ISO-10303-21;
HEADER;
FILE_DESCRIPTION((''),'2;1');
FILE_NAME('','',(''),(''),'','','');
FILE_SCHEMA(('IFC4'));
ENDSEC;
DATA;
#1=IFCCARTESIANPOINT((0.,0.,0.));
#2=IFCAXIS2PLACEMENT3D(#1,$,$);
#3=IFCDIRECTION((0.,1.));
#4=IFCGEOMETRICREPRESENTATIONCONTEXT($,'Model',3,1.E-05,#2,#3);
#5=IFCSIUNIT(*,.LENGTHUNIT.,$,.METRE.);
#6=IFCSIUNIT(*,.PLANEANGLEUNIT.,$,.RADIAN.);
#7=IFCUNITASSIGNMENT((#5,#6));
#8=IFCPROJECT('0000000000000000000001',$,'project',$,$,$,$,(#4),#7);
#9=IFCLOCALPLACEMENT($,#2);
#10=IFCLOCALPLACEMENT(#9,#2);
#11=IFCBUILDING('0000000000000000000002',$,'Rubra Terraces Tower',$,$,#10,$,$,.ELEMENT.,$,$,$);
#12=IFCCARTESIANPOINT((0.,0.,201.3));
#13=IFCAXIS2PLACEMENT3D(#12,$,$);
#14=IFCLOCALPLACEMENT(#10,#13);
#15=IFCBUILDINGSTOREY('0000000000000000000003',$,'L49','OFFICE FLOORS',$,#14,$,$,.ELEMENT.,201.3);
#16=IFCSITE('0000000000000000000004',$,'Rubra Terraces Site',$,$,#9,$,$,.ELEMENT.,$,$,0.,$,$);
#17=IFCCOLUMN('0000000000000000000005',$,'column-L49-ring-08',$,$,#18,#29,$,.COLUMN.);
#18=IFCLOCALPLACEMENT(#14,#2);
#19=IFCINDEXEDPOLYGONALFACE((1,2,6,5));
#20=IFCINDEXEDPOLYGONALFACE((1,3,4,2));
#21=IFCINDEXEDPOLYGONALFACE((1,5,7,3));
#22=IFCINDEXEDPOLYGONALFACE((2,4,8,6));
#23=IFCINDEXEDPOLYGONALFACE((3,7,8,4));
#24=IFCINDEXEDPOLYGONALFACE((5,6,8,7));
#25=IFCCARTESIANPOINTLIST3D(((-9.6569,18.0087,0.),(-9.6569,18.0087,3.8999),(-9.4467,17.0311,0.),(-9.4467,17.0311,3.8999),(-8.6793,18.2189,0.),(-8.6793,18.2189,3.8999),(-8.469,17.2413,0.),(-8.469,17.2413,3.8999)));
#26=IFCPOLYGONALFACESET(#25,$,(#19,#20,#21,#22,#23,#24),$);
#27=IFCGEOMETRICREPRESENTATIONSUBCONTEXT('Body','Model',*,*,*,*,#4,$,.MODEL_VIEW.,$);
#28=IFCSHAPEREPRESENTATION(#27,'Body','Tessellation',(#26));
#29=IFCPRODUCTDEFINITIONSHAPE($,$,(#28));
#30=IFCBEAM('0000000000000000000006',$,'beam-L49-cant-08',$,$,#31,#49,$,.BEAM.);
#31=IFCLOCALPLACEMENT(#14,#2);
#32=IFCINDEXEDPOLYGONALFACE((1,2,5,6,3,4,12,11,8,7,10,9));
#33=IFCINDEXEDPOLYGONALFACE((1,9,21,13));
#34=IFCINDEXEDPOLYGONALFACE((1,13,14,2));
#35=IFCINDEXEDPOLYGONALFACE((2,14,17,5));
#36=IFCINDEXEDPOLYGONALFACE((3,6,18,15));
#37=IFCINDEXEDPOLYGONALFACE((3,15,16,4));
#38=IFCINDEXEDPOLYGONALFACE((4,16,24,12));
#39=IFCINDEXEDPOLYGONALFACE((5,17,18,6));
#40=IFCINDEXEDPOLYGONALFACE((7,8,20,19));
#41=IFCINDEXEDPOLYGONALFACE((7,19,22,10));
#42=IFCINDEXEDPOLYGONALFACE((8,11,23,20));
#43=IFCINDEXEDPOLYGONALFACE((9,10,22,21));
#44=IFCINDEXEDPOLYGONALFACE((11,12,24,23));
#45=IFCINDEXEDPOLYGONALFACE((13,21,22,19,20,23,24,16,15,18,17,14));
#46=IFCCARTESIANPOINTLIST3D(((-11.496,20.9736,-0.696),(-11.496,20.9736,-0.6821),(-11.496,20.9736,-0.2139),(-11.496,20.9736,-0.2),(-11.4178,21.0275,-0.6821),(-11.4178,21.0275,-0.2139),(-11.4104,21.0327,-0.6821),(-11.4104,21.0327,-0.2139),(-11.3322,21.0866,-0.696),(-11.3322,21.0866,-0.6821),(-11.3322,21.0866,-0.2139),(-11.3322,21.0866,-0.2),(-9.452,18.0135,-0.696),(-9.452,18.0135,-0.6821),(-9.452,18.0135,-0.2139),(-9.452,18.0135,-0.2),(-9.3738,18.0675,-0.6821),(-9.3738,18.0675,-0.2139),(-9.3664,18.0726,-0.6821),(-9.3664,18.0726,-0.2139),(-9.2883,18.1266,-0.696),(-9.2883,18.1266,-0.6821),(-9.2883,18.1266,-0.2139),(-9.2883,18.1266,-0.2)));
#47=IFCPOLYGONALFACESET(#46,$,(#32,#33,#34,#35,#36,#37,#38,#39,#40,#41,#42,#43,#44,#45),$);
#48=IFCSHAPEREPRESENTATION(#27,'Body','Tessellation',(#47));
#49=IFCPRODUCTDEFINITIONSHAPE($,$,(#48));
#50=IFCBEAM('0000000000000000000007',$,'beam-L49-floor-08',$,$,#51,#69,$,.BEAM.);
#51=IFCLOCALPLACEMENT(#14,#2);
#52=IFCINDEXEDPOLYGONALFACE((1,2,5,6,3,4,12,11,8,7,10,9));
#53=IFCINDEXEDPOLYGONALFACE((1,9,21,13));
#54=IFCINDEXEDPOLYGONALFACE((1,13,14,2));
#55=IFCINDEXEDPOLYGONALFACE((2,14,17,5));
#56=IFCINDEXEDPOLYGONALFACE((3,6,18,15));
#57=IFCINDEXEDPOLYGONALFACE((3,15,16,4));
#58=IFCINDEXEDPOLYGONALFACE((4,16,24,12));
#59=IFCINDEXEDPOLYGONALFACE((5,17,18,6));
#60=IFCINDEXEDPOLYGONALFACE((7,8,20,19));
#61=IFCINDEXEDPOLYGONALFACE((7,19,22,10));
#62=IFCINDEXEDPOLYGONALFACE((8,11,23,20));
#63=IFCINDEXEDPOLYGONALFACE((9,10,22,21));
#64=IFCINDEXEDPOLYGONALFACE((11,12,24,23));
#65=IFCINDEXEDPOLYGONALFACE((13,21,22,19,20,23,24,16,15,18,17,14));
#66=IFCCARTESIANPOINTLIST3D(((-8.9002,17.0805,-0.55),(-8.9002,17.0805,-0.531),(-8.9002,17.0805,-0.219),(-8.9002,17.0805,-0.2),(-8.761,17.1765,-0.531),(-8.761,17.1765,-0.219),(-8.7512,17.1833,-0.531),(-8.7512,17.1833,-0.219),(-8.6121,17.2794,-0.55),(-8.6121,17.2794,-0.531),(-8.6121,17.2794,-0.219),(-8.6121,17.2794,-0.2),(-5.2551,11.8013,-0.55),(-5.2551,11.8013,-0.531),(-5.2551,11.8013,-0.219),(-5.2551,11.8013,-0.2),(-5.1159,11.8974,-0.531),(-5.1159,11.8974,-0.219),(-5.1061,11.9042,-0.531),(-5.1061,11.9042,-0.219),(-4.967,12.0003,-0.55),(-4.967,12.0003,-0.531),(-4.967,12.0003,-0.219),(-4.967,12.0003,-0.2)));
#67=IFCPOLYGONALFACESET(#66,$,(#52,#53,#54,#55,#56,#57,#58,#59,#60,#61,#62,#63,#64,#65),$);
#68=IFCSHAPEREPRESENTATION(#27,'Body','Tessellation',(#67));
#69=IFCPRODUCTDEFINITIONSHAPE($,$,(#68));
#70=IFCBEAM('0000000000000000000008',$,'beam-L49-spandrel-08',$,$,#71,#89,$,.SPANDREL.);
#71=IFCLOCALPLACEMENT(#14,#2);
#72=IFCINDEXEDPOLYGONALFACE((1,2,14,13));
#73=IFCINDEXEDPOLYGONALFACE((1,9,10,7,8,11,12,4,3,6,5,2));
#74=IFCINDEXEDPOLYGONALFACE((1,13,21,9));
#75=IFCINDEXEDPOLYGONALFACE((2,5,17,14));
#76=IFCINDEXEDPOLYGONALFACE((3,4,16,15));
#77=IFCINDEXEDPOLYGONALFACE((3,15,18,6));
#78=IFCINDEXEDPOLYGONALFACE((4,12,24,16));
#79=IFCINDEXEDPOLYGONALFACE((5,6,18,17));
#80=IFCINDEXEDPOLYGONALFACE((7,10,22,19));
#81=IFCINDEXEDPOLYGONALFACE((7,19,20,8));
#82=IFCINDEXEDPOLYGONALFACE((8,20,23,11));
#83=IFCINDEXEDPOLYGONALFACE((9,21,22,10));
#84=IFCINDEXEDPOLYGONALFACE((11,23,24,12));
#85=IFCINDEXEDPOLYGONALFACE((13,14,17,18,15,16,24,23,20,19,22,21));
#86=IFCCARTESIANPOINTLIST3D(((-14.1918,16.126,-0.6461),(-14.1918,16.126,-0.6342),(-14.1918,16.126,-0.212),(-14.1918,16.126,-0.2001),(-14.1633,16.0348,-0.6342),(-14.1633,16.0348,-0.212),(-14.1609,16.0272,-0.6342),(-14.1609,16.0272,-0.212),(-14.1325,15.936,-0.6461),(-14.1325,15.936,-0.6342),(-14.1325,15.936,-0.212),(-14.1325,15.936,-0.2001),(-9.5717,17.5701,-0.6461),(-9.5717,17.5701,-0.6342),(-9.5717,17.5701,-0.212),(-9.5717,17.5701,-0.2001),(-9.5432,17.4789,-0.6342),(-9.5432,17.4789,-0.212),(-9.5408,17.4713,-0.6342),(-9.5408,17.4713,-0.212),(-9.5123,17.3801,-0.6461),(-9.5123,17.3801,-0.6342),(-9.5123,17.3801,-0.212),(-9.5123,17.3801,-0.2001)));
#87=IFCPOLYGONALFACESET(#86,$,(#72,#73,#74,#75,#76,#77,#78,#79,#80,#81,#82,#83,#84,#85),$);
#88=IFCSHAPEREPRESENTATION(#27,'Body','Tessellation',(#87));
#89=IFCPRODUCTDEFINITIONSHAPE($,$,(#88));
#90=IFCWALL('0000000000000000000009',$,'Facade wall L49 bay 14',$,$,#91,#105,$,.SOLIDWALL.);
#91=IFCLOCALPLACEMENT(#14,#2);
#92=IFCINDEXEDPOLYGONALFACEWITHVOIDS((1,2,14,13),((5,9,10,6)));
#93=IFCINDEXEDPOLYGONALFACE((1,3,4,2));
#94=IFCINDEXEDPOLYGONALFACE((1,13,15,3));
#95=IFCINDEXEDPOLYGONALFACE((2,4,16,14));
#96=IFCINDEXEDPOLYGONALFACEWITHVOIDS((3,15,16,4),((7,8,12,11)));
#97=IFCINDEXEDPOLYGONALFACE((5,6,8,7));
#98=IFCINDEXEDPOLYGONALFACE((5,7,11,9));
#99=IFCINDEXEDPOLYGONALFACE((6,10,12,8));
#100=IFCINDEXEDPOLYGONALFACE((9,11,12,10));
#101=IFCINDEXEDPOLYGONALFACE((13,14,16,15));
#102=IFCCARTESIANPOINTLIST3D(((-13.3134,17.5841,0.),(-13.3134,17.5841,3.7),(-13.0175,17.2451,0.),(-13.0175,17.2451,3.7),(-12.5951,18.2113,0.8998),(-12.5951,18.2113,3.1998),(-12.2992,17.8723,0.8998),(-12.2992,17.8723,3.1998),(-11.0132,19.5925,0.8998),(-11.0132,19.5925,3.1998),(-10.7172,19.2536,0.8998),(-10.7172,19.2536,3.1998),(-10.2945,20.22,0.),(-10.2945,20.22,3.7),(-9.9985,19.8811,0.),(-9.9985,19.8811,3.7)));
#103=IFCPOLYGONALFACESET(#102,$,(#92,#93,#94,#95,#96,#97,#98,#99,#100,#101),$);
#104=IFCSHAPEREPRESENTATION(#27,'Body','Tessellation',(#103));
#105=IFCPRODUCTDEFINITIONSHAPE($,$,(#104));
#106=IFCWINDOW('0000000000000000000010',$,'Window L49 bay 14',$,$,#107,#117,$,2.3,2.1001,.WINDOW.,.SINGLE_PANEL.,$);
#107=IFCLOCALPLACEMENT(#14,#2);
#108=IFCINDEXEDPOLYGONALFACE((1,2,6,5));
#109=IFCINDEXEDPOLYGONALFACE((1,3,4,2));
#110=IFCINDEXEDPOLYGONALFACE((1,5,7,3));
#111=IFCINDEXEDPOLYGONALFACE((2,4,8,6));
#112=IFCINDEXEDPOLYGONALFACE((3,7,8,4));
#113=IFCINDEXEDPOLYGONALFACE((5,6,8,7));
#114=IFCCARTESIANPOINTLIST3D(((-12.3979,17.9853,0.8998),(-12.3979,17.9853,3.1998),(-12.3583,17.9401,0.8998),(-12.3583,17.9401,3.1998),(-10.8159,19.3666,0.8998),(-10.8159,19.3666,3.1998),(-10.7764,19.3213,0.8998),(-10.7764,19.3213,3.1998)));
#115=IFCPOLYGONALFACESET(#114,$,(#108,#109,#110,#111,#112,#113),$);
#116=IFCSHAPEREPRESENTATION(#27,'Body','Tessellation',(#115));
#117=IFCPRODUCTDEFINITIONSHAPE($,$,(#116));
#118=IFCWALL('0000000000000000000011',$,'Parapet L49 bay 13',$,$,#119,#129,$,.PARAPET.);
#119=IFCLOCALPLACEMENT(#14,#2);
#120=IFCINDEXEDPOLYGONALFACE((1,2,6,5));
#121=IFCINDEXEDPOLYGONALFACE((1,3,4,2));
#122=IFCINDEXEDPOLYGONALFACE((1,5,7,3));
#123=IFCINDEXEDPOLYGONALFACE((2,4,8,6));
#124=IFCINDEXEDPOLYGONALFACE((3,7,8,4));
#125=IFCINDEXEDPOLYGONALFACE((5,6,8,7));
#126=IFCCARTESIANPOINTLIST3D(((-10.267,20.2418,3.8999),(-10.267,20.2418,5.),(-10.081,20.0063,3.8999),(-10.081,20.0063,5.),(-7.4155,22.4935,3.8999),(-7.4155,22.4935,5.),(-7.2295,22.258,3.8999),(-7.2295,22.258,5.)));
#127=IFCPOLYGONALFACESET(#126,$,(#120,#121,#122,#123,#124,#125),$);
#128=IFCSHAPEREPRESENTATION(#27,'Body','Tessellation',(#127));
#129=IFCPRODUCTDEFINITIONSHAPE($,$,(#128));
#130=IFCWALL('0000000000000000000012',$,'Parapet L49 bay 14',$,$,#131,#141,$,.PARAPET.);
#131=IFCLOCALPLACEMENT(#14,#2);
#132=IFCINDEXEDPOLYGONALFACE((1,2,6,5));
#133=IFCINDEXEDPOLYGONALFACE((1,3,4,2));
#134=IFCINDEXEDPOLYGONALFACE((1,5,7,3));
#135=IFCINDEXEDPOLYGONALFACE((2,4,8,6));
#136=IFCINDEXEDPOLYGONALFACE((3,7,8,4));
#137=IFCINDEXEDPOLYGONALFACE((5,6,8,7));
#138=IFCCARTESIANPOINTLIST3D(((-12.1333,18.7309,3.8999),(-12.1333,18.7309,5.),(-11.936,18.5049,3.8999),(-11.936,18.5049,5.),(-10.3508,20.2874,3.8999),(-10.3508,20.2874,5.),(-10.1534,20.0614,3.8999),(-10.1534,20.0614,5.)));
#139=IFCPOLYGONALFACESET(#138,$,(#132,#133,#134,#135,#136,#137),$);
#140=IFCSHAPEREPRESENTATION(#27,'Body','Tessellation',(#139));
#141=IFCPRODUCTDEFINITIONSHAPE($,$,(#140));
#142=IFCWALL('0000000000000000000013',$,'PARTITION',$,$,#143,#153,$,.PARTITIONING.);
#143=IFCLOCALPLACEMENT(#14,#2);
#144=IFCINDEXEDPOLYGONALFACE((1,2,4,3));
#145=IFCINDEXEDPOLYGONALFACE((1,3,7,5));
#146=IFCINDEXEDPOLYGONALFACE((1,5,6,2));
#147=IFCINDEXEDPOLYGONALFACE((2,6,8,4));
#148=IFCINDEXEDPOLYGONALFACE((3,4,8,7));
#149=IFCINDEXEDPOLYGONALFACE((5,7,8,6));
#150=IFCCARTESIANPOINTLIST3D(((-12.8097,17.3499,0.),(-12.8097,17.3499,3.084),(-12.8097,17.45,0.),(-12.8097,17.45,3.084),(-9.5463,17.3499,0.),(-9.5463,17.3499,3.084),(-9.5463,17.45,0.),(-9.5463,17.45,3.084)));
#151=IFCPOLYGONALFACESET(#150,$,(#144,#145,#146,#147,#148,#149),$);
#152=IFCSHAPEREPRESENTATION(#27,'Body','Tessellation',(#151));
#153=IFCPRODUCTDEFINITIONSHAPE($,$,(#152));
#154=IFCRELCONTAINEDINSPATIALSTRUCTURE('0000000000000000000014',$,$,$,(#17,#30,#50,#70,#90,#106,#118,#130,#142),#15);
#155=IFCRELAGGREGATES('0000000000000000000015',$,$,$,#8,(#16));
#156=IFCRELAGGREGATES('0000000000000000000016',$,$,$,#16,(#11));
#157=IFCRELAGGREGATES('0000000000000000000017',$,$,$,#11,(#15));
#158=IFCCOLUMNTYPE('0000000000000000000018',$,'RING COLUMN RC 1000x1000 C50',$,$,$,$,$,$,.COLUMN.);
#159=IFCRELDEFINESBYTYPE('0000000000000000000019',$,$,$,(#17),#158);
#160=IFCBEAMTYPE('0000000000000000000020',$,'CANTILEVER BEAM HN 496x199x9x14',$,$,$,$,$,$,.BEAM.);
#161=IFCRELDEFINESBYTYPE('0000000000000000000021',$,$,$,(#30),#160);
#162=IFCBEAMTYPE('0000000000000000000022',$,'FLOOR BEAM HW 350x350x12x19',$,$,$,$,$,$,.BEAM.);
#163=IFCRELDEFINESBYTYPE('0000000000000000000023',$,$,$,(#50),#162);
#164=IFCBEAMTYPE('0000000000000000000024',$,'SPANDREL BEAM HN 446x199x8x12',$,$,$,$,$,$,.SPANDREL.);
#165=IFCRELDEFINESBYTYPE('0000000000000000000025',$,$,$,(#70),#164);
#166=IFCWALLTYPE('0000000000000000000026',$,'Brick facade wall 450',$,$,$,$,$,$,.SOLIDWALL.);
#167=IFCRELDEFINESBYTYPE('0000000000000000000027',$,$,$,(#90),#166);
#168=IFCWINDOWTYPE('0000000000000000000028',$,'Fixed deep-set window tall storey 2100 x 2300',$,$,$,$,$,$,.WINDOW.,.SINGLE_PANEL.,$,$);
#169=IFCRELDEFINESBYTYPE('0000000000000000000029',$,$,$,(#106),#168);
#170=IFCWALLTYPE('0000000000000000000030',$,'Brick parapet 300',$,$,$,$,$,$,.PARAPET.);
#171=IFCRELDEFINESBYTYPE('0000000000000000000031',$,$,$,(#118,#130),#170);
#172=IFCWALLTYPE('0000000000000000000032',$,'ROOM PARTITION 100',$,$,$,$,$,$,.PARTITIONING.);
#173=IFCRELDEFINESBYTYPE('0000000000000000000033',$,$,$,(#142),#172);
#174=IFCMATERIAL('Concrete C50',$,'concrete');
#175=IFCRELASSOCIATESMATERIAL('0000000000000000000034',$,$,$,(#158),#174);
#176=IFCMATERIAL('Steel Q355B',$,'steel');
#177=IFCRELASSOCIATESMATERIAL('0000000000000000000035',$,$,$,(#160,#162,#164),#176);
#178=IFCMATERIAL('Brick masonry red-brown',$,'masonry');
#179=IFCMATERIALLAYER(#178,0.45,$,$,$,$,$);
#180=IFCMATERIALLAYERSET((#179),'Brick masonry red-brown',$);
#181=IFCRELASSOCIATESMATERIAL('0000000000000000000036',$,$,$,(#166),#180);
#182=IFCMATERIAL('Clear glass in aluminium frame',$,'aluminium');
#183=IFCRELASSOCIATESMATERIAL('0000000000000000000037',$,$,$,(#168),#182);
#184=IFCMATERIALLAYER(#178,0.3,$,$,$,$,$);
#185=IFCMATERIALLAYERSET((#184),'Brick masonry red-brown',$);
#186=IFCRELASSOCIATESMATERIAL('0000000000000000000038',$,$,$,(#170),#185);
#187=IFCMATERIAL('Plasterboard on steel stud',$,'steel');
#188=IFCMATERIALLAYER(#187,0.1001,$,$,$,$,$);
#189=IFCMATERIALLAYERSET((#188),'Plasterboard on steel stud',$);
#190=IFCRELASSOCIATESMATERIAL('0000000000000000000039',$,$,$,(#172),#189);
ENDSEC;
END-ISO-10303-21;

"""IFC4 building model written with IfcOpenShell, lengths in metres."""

from ifc_helpers import new_model, si_unit, direction, frame, frame_2d, origin, origin_2d, place, context, subcontext, project, spatial, rectangle, i_section, extrude, material, layer, layer_set, material_profile, profile_set, type_object, element, fill, save


model = new_model("IFC4")

# Units and contexts
model_context = context("Model", 3, precision=1e-05, world=origin(), true_north=direction((0.0, 1.0)))
body_context = subcontext(model_context, "Body", "Model", "MODEL_VIEW")
ifc_project = project(units=[si_unit("LENGTHUNIT", "METRE"), si_unit("PLANEANGLEUNIT", "RADIAN")], contexts=[model_context])

# Site, building, storey
site_placement = place(None, origin())
site = spatial("IfcSite", under=ifc_project, at=site_placement, Name="Rubra Terraces Site", CompositionType="ELEMENT", RefElevation=0.0)
building_placement = place(site_placement, origin())
building = spatial("IfcBuilding", under=site, at=building_placement, Name="Rubra Terraces Tower", CompositionType="ELEMENT")
storey_placement = place(building_placement, frame((0.0, 0.0, 201.3)))
storey = spatial("IfcBuildingStorey", under=building, at=storey_placement, Name="L49", Description="OFFICE FLOORS", CompositionType="ELEMENT", Elevation=201.3)

# Column
ifc_material_1 = material(Name="Concrete C50", Category="concrete")
ifc_material_profile_1 = material_profile(ifc_material_1, rectangle(XDim=1.0, YDim=1.0, at=origin_2d()), Name="RC 1000x1000")
ifc_profile_set_1 = profile_set([ifc_material_profile_1], Name="Concrete C50")
column_type = type_object("IfcColumnType", Name="RING COLUMN RC 1000x1000 C50", PredefinedType="COLUMN", material=ifc_profile_set_1)
column_placement = place(storey_placement, frame((-9.063, 17.625, 0.0), z_axis=(0.0, 0.0, 1.0), x_axis=(-0.977653, -0.210227, 0.0)))
element("IfcColumn", 1, at=column_placement, inside=storey, type_object=column_type, Name="column-L49-ring-08", PredefinedType="COLUMN", context=body_context, shape_type="SweptSolid", body=[
    extrude(rectangle(XDim=1.0, YDim=1.0, at=origin_2d()), origin(), (0.0, 0.0, 1.0), 3.8999),
])

# Beams
ifc_material_2 = material(Name="Steel Q355B", Category="steel")
ifc_material_profile_2 = material_profile(ifc_material_2, i_section(OverallWidth=0.199, OverallDepth=0.4961, WebThickness=0.009, FlangeThickness=0.0139, at=origin_2d()), Name="HN 496x199x9x14")
ifc_profile_set_2 = profile_set([ifc_material_profile_2], Name="Steel Q355B")
beam_type_1 = type_object("IfcBeamType", Name="CANTILEVER BEAM HN 496x199x9x14", PredefinedType="BEAM", material=ifc_profile_set_2)
beam_1_placement = place(storey_placement, frame((-9.3701, 18.0701, -0.448), z_axis=(-0.568221, 0.822876, 0.0), x_axis=(-0.822876, -0.568221, 0.0)))
element("IfcBeam", 2, at=beam_1_placement, inside=storey, type_object=beam_type_1, Name="beam-L49-cant-08", PredefinedType="BEAM", context=body_context, shape_type="SweptSolid", body=[
    extrude(i_section(OverallWidth=0.199, OverallDepth=0.4961, WebThickness=0.009, FlangeThickness=0.0139, at=origin_2d()), origin(), (0.0, 0.0, 1.0), 3.5972),
])
ifc_material_profile_3 = material_profile(ifc_material_2, i_section(OverallWidth=0.3501, OverallDepth=0.3501, WebThickness=0.012, FlangeThickness=0.019, at=origin_2d()), Name="HW 350x350x12x19")
ifc_profile_set_3 = profile_set([ifc_material_profile_3], Name="Steel Q355B")
beam_type_2 = type_object("IfcBeamType", Name="FLOOR BEAM HW 350x350x12x19", PredefinedType="BEAM", material=ifc_profile_set_3)
beam_2_placement = place(storey_placement, frame((-8.7561, 17.1799, -0.375), z_axis=(0.568186, -0.8229, 0.0), x_axis=(0.8229, 0.568186, 0.0)))
element("IfcBeam", 3, at=beam_2_placement, inside=storey, type_object=beam_type_2, Name="beam-L49-floor-08", PredefinedType="BEAM", context=body_context, shape_type="SweptSolid", body=[
    extrude(i_section(OverallWidth=0.3501, OverallDepth=0.3501, WebThickness=0.012, FlangeThickness=0.019, at=origin_2d()), origin(), (0.0, 0.0, 1.0), 6.4153),
])
ifc_material_profile_4 = material_profile(ifc_material_2, i_section(OverallWidth=0.199, OverallDepth=0.446, WebThickness=0.0081, FlangeThickness=0.012, at=origin_2d()), Name="HN 446x199x8x12")
ifc_profile_set_4 = profile_set([ifc_material_profile_4], Name="Steel Q355B")
beam_type_3 = type_object("IfcBeamType", Name="SPANDREL BEAM HN 446x199x8x12", PredefinedType="SPANDREL", material=ifc_profile_set_4)
beam_3_placement = place(storey_placement, frame((-9.542, 17.4751, -0.4231), z_axis=(-0.954462, -0.298332, 0.0), x_axis=(0.298332, -0.954462, 0.0)))
element("IfcBeam", 4, at=beam_3_placement, inside=storey, type_object=beam_type_3, Name="beam-L49-spandrel-08", PredefinedType="SPANDREL", context=body_context, shape_type="SweptSolid", body=[
    extrude(i_section(OverallWidth=0.199, OverallDepth=0.446, WebThickness=0.0081, FlangeThickness=0.012, at=origin_2d()), origin(), (0.0, 0.0, 1.0), 4.8406),
])

# Wall, opening, window
ifc_material_3 = material(Name="Brick masonry red-brown", Category="masonry")
ifc_layer_1 = layer(ifc_material_3, 0.45)
ifc_layer_set_1 = layer_set([ifc_layer_1], Name="Brick masonry red-brown")
wall_type_1 = type_object("IfcWallType", Name="Brick facade wall 450", PredefinedType="SOLIDWALL", material=ifc_layer_set_1)
wall_1_placement = place(storey_placement, frame((-10.1465, 20.0505, 0.0), z_axis=(0.0, 0.0, 1.0), x_axis=(-0.753278, -0.657702, 0.0)))
wall_1 = element("IfcWall", 5, at=wall_1_placement, inside=storey, type_object=wall_type_1, Name="Facade wall L49 bay 14", PredefinedType="SOLIDWALL", context=body_context, shape_type="SweptSolid", body=[
    extrude(rectangle(XDim=4.0078, YDim=0.45, at=frame_2d((2.0039, 0.0))), origin(), (0.0, 0.0, 1.0), 3.7),
])
opening_1_placement = place(wall_1_placement, frame((0.9541, 0.0, 0.8999)))
opening_1 = element("IfcOpeningElement", 6, at=opening_1_placement, cuts=wall_1, PredefinedType="OPENING", context=body_context, shape_type="SweptSolid", body=[
    extrude(rectangle(XDim=2.1001, YDim=2.3, at=frame_2d((1.05, 1.1499))), frame((0.0, 0.2349, 0.0), z_axis=(0.0, -1.0, 0.0), x_axis=(1.0, 0.0, 0.0)), (0.0, 0.0, 1.0), 0.47),
])
ifc_material_4 = material(Name="Clear glass in aluminium frame", Category="aluminium")
window_type = type_object("IfcWindowType", Name="Fixed deep-set window tall storey 2100 x 2300", PartitioningType="SINGLE_PANEL", PredefinedType="WINDOW", material=ifc_material_4)
window_placement = place(opening_1_placement, origin())
window = element("IfcWindow", 7, at=window_placement, inside=storey, type_object=window_type, Name="Window L49 bay 14", OverallHeight=2.3, OverallWidth=2.1001, PartitioningType="SINGLE_PANEL", PredefinedType="WINDOW", context=body_context, shape_type="SweptSolid", body=[
    extrude(rectangle(XDim=2.1001, YDim=2.3, at=frame_2d((1.05, 1.1499))), frame((0.0, 0.135, 0.0), z_axis=(0.0, -1.0, 0.0), x_axis=(1.0, 0.0, 0.0)), (0.0, 0.0, 1.0), 0.0601),
])
fill(opening_1, window)

# Walls
ifc_layer_2 = layer(ifc_material_3, 0.3)
ifc_layer_set_2 = layer_set([ifc_layer_2], Name="Brick masonry red-brown")
wall_type_2 = type_object("IfcWallType", Name="Brick parapet 300", PredefinedType="PARAPET", material=ifc_layer_set_2)
wall_2_placement = place(storey_placement, frame((-7.3225, 22.3757, 3.8999), z_axis=(0.0, 0.0, 1.0), x_axis=(-0.784819, -0.619725, 0.0)))
element("IfcWall", 8, at=wall_2_placement, inside=storey, type_object=wall_type_2, Name="Parapet L49 bay 13", PredefinedType="PARAPET", context=body_context, shape_type="SweptSolid", body=[
    extrude(rectangle(XDim=3.6333, YDim=0.3, at=frame_2d((1.8167, 0.0))), origin(), (0.0, 0.0, 1.0), 1.1001),
])
wall_3_placement = place(storey_placement, frame((-10.2522, 20.1743, 3.8999), z_axis=(0.0, 0.0, 1.0), x_axis=(-0.75326, -0.657723, 0.0)))
element("IfcWall", 9, at=wall_3_placement, inside=storey, type_object=wall_type_2, Name="Parapet L49 bay 14", PredefinedType="PARAPET", context=body_context, shape_type="SweptSolid", body=[
    extrude(rectangle(XDim=2.3665, YDim=0.3, at=frame_2d((1.1831, 0.0))), origin(), (0.0, 0.0, 1.0), 1.1001),
])
ifc_material_5 = material(Name="Plasterboard on steel stud", Category="steel")
ifc_layer_3 = layer(ifc_material_5, 0.1001)
ifc_layer_set_3 = layer_set([ifc_layer_3], Name="Plasterboard on steel stud")
wall_type_3 = type_object("IfcWallType", Name="ROOM PARTITION 100", PredefinedType="PARTITIONING", material=ifc_layer_set_3)
wall_4_placement = place(storey_placement, frame((-12.8098, 17.3999, 0.0), z_axis=(0.0, 0.0, 1.0), x_axis=(1.0, 0.0, 0.0)))
element("IfcWall", 10, at=wall_4_placement, inside=storey, type_object=wall_type_3, Name="PARTITION", PredefinedType="PARTITIONING", context=body_context, shape_type="SweptSolid", body=[
    extrude(rectangle(XDim=3.2634, YDim=0.1001, at=frame_2d((1.6318, 0.0))), origin(), (0.0, 0.0, 1.0), 3.084),
])

save(model, "model.ifc")
